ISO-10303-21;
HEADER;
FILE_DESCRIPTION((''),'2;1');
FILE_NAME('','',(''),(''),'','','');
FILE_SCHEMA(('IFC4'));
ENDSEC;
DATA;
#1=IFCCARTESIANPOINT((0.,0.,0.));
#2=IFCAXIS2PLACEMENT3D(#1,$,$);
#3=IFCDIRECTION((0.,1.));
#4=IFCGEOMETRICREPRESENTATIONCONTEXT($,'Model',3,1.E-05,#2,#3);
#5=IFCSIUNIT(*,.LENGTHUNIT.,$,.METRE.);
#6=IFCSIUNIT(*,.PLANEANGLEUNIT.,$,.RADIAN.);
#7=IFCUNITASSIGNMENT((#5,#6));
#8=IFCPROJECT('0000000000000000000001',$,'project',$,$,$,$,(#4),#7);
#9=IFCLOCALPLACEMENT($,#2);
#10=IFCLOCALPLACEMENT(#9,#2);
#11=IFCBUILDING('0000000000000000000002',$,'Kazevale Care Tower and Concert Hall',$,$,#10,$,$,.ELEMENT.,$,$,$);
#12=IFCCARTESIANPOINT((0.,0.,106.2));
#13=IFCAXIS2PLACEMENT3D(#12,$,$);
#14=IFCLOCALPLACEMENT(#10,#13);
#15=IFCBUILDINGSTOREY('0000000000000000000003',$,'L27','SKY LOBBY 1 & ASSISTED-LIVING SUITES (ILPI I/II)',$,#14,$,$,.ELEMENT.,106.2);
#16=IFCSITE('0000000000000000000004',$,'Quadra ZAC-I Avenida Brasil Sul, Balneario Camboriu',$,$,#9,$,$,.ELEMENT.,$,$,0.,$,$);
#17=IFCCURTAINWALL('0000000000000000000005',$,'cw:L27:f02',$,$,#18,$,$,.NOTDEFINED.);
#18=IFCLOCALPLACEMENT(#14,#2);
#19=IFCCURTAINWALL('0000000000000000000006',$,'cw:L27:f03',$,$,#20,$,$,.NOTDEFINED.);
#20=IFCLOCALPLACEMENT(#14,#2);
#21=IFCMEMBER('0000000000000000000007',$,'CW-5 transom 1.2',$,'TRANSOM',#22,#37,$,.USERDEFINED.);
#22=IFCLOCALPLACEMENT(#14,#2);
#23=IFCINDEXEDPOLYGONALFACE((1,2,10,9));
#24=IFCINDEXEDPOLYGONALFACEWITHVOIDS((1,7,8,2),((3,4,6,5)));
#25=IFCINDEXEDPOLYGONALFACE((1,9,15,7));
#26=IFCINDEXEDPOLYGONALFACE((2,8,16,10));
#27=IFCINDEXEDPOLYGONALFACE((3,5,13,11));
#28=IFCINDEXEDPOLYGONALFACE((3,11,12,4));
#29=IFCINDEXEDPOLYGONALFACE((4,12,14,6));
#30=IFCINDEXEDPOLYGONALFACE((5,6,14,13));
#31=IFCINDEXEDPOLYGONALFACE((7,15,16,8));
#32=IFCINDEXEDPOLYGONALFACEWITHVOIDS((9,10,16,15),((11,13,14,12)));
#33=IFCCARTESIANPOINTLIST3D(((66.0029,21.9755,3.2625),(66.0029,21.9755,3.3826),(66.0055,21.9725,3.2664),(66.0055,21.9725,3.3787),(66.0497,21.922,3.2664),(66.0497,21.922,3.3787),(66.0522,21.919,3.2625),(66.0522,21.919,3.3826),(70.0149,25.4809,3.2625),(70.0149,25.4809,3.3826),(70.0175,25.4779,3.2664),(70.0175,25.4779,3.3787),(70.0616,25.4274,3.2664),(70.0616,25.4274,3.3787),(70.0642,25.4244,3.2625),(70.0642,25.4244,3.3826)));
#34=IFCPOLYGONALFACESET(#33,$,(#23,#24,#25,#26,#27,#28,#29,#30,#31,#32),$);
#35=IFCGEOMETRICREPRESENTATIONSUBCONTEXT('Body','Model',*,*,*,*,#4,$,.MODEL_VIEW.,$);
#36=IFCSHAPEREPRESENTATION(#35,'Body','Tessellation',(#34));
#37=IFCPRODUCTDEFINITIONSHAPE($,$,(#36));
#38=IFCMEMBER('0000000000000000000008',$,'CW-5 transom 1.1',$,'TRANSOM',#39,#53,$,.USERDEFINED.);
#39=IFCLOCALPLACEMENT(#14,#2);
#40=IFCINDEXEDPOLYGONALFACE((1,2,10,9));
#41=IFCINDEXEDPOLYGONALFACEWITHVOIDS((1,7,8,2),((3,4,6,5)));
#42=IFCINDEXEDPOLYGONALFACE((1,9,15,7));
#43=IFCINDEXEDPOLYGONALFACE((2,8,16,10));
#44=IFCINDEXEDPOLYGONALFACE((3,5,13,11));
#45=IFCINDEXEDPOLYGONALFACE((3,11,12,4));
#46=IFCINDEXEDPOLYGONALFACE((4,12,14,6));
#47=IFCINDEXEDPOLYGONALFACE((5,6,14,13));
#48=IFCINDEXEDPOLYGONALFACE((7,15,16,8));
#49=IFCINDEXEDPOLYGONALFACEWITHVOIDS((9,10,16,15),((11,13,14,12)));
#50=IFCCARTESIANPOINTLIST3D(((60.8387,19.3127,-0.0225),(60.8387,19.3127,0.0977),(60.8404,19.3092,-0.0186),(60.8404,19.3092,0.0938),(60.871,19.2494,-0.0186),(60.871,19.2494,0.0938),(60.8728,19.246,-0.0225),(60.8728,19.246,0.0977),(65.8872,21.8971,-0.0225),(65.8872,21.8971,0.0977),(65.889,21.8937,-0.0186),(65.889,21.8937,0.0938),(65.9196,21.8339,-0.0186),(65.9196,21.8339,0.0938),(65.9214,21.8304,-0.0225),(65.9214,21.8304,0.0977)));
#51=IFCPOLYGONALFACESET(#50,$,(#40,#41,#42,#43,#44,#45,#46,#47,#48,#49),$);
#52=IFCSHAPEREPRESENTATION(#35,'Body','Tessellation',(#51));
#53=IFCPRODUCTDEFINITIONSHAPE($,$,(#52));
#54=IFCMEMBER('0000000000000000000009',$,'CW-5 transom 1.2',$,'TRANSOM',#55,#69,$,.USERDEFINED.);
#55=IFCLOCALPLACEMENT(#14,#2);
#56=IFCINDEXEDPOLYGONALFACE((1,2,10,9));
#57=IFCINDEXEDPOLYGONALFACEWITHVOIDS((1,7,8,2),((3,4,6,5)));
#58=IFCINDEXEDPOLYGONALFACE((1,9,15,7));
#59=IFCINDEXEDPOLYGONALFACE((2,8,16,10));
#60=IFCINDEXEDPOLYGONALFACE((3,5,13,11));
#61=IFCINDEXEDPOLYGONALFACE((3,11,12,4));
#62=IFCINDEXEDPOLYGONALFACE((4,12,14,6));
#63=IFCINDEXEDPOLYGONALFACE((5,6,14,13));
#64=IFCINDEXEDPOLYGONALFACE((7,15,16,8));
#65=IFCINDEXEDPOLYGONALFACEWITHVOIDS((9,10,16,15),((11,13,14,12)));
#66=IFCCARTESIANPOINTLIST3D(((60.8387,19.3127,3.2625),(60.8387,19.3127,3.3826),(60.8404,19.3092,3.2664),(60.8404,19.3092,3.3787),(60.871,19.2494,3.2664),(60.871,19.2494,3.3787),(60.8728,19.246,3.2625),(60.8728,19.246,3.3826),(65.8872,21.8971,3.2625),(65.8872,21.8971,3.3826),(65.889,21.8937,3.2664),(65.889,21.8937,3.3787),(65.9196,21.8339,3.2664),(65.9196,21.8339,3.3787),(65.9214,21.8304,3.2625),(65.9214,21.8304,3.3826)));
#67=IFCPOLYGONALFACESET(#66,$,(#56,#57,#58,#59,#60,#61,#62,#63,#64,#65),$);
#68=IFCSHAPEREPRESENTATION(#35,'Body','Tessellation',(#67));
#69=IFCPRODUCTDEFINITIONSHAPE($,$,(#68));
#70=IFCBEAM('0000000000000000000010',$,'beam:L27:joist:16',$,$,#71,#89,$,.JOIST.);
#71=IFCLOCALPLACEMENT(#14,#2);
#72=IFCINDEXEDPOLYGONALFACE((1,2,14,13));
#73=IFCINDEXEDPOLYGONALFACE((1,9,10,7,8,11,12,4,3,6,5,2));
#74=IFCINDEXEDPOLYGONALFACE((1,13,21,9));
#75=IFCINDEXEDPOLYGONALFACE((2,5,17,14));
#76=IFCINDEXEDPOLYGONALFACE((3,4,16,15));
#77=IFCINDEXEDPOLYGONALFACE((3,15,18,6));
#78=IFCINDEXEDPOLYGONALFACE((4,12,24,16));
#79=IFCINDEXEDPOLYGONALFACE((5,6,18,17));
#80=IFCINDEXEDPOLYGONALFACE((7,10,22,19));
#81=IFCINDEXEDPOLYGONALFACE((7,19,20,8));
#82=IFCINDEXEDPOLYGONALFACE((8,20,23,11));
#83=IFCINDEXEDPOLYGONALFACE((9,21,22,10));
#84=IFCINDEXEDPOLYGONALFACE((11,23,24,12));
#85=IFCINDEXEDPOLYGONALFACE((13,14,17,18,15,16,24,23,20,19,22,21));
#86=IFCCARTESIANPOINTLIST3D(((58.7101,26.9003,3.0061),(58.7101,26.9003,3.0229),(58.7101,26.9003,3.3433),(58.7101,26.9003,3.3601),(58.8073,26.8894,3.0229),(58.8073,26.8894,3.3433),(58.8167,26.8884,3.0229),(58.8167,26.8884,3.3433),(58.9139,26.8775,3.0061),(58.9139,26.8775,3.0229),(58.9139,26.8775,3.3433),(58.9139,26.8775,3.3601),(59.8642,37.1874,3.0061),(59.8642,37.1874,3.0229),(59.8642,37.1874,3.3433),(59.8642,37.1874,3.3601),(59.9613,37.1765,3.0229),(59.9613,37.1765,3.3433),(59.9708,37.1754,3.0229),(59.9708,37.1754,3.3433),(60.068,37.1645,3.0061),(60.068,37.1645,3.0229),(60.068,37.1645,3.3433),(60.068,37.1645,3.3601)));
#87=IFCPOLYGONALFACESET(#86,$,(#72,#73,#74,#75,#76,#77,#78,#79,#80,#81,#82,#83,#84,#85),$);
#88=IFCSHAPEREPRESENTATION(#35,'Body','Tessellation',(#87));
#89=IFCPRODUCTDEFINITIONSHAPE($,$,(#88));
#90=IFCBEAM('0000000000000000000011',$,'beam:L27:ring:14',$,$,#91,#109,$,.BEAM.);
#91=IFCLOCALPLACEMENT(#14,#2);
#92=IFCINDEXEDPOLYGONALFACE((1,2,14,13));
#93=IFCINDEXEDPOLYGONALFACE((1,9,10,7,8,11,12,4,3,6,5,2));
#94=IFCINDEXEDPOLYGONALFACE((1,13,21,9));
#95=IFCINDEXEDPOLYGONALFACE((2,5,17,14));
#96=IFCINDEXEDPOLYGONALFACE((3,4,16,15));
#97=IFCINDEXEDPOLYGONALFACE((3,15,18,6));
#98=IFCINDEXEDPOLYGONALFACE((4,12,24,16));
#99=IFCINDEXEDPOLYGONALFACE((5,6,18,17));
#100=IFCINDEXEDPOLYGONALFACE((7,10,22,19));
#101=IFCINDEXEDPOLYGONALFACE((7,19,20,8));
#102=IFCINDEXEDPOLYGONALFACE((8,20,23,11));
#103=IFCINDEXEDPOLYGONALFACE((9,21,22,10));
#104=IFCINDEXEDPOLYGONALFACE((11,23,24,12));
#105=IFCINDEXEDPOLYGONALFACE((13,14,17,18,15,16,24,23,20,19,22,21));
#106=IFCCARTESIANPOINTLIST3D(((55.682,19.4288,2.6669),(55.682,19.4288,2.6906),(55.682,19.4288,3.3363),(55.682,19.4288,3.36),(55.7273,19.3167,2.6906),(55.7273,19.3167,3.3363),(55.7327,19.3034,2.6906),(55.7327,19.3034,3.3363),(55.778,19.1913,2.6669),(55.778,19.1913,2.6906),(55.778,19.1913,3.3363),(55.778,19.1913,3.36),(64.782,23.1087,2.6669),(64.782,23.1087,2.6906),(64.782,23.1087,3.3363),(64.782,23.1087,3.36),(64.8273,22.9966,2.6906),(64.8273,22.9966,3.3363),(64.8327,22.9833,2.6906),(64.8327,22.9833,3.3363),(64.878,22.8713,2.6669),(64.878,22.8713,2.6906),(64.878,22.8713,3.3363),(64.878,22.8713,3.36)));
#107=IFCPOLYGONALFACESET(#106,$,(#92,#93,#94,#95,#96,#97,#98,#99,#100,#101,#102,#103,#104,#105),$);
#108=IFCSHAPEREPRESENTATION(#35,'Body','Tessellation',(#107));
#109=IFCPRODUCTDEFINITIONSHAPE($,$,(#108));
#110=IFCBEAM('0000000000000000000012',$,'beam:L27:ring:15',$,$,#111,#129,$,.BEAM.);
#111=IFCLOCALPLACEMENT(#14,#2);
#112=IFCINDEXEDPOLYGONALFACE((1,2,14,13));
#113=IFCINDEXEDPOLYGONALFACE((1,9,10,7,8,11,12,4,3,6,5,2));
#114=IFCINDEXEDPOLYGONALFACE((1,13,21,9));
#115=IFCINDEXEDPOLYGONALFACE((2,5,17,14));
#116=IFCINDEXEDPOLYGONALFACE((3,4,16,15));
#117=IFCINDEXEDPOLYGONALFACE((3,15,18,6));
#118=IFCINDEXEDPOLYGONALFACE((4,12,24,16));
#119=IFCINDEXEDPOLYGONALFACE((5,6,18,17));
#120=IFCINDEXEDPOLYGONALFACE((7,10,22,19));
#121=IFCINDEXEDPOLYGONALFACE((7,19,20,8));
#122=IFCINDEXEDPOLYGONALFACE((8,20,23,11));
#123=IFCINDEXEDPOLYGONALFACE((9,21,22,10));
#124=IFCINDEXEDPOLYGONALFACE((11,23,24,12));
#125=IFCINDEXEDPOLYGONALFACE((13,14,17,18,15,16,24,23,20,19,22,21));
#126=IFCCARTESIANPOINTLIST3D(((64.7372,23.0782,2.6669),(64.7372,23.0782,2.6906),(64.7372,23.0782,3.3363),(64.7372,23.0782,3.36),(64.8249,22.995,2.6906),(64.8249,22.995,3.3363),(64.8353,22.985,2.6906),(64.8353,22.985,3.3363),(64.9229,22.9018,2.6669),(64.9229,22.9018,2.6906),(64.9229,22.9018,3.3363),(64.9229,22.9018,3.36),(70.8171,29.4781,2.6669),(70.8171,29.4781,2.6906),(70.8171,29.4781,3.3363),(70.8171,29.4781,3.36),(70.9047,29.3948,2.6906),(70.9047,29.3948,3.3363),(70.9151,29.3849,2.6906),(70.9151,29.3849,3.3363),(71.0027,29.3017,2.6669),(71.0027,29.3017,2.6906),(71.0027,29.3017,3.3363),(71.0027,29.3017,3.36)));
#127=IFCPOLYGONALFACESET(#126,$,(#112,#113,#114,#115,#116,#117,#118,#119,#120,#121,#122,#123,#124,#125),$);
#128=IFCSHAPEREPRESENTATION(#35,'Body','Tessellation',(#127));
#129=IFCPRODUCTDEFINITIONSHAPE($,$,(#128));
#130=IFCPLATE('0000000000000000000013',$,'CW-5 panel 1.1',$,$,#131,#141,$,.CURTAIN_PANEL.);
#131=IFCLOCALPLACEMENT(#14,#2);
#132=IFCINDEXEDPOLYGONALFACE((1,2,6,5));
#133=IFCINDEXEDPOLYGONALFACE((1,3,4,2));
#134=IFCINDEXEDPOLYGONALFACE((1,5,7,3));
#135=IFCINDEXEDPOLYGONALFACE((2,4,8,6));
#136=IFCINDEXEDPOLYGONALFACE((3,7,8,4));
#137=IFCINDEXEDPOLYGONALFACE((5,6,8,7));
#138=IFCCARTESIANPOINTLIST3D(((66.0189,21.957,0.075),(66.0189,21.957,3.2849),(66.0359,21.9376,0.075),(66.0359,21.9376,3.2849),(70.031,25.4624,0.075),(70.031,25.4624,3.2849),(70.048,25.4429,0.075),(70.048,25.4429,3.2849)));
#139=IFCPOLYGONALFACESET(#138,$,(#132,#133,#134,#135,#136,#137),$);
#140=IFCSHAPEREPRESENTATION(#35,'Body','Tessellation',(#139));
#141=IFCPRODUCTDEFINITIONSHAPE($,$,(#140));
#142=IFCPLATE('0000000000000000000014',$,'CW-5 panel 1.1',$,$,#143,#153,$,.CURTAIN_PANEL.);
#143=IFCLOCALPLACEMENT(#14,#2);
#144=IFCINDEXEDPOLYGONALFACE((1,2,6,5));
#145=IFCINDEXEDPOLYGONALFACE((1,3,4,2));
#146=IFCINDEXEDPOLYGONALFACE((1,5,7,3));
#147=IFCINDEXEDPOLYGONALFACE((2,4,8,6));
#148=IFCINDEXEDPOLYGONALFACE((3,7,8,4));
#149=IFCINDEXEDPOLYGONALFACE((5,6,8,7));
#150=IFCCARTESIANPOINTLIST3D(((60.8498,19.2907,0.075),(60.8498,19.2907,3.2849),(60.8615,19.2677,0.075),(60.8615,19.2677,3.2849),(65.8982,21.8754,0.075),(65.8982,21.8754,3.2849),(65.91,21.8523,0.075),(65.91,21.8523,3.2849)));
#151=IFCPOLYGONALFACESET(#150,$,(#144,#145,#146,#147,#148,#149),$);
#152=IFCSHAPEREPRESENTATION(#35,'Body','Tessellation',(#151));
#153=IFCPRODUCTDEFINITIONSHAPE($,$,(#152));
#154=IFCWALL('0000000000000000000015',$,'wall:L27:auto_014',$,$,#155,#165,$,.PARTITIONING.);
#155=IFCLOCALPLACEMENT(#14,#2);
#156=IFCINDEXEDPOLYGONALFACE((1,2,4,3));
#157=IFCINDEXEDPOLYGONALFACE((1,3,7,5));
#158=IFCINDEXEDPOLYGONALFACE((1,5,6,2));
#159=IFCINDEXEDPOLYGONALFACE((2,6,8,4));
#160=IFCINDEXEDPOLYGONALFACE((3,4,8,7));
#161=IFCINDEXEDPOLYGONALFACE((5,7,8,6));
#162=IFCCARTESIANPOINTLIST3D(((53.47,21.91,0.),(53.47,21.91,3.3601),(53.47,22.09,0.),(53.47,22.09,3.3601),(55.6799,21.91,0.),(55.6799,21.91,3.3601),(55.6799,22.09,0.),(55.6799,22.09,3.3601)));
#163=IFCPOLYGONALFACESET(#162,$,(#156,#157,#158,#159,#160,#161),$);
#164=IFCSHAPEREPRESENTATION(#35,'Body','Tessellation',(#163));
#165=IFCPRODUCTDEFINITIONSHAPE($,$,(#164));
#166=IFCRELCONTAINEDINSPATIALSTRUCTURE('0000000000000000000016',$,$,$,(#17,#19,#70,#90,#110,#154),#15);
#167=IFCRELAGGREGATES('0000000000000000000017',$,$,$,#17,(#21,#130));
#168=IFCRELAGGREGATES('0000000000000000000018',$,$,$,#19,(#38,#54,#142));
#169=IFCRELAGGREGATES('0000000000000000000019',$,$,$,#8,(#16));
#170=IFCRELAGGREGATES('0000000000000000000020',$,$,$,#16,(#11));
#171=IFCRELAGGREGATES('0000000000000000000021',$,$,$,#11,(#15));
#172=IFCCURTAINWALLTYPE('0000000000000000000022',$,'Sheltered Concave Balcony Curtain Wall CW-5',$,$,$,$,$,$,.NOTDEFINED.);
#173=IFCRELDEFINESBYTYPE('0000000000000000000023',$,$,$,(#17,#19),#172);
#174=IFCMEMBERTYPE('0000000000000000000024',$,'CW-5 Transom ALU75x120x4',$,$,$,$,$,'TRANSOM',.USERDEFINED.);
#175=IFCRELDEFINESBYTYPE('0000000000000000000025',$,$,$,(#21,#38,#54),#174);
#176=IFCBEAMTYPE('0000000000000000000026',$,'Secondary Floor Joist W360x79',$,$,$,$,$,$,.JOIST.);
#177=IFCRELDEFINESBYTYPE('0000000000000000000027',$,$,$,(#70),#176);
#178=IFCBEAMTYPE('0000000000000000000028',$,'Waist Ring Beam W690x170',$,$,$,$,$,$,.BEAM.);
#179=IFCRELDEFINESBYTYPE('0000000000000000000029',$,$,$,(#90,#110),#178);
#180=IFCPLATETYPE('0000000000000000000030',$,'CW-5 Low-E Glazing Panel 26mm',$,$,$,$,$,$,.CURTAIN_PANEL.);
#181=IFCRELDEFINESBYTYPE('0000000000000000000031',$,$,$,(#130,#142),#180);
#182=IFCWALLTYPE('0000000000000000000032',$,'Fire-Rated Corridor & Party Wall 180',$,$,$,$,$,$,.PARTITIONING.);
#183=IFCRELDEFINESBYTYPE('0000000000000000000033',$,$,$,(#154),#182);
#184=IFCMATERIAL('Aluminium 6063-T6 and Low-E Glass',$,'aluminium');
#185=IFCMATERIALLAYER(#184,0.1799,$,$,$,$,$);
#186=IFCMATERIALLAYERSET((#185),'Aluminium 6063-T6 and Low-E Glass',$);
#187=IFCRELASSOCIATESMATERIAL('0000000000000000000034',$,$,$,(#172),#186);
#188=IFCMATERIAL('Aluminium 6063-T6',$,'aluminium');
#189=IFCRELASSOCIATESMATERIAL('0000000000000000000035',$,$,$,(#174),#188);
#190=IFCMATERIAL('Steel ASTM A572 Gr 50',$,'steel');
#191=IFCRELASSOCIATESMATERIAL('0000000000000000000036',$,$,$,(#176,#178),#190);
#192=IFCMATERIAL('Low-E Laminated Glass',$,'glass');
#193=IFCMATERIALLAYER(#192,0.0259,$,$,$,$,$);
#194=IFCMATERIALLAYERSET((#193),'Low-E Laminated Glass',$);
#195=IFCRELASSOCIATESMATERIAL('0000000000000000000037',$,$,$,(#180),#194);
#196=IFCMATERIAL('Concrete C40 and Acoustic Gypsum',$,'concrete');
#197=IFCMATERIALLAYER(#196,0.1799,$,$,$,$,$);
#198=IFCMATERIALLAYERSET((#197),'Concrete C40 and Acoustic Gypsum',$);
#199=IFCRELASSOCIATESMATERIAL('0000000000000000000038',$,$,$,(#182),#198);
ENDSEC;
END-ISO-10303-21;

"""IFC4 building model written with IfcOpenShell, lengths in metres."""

from ifc_helpers import new_model, si_unit, direction, frame, frame_2d, origin, origin_2d, place, context, subcontext, project, spatial, rectangle, hollow_rectangle, i_section, extrude, material, layer, layer_set, material_profile, profile_set, type_object, element, aggregate, save


model = new_model("IFC4")

# Units and contexts
model_context = context("Model", 3, precision=1e-05, world=origin(), true_north=direction((0.0, 1.0)))
body_context = subcontext(model_context, "Body", "Model", "MODEL_VIEW")
ifc_project = project(units=[si_unit("LENGTHUNIT", "METRE"), si_unit("PLANEANGLEUNIT", "RADIAN")], contexts=[model_context])

# Site, building, storey
site_placement = place(None, origin())
site = spatial("IfcSite", under=ifc_project, at=site_placement, Name="Quadra ZAC-I Avenida Brasil Sul, Balneario Camboriu", CompositionType="ELEMENT", RefElevation=0.0)
building_placement = place(site_placement, origin())
building = spatial("IfcBuilding", under=site, at=building_placement, Name="Kazevale Care Tower and Concert Hall", CompositionType="ELEMENT")
storey_placement = place(building_placement, frame((0.0, 0.0, 106.2)))
storey = spatial("IfcBuildingStorey", under=building, at=storey_placement, Name="L27", Description="SKY LOBBY 1 & ASSISTED-LIVING SUITES (ILPI I/II)", CompositionType="ELEMENT", Elevation=106.2)

# Curtain walls
ifc_material_1 = material(Name="Aluminium 6063-T6 and Low-E Glass", Category="aluminium")
ifc_layer_1 = layer(ifc_material_1, 0.1799)
ifc_layer_set_1 = layer_set([ifc_layer_1], Name="Aluminium 6063-T6 and Low-E Glass")
curtain_wall_type = type_object("IfcCurtainWallType", Name="Sheltered Concave Balcony Curtain Wall CW-5", PredefinedType="NOTDEFINED", material=ifc_layer_set_1)
curtain_wall_1_placement = place(storey_placement, origin())
curtain_wall_1 = element("IfcCurtainWall", 1, at=curtain_wall_1_placement, inside=storey, type_object=curtain_wall_type, Name="cw:L27:f02", PredefinedType="NOTDEFINED")
ifc_material_2 = material(Name="Aluminium 6063-T6", Category="aluminium")
curtain_wall_2_placement = place(storey_placement, origin())
curtain_wall_2 = element("IfcCurtainWall", 2, at=curtain_wall_2_placement, inside=storey, type_object=curtain_wall_type, Name="cw:L27:f03", PredefinedType="NOTDEFINED")

# Members
ifc_material_profile_1 = material_profile(ifc_material_2, hollow_rectangle(XDim=0.075, YDim=0.1201, WallThickness=0.0039, at=origin_2d()), Name="ALU75x120x4")
ifc_profile_set_1 = profile_set([ifc_material_profile_1], Name="Aluminium 6063-T6")
member_type_1 = type_object("IfcMemberType", Name="CW-5 Transom ALU75x120x4", ElementType="TRANSOM", PredefinedType="USERDEFINED", material=ifc_profile_set_1)
member_1_placement = place(storey_placement, frame((70.0396, 25.4526, 3.3225), z_axis=(-0.753051, -0.657963, 0.0), x_axis=(0.657963, -0.753051, 0.0)))
member_1 = element("IfcMember", 3, at=member_1_placement, type_object=member_type_1, Name="CW-5 transom 1.2", ObjectType="TRANSOM", PredefinedType="USERDEFINED", context=body_context, shape_type="SweptSolid", body=[
    extrude(hollow_rectangle(XDim=0.075, YDim=0.1201, WallThickness=0.0039, at=origin_2d()), origin(), (0.0, 0.0, 1.0), 5.3276),
])
member_2_placement = place(storey_placement, frame((65.9043, 21.8638, 0.0376), z_axis=(-0.890143, -0.455682, 0.0), x_axis=(0.455682, -0.890143, 0.0)))
member_2 = element("IfcMember", 4, at=member_2_placement, type_object=member_type_1, Name="CW-5 transom 1.1", ObjectType="TRANSOM", PredefinedType="USERDEFINED", context=body_context, shape_type="SweptSolid", body=[
    extrude(hollow_rectangle(XDim=0.075, YDim=0.1201, WallThickness=0.0039, at=origin_2d()), origin(), (0.0, 0.0, 1.0), 5.6716),
])
member_3_placement = place(storey_placement, frame((65.9043, 21.8638, 3.3225), z_axis=(-0.890143, -0.455682, 0.0), x_axis=(0.455682, -0.890143, 0.0)))
member_3 = element("IfcMember", 5, at=member_3_placement, type_object=member_type_1, Name="CW-5 transom 1.2", ObjectType="TRANSOM", PredefinedType="USERDEFINED", context=body_context, shape_type="SweptSolid", body=[
    extrude(hollow_rectangle(XDim=0.075, YDim=0.1201, WallThickness=0.0039, at=origin_2d()), origin(), (0.0, 0.0, 1.0), 5.6716),
])

# Beams
ifc_material_3 = material(Name="Steel ASTM A572 Gr 50", Category="steel")
ifc_material_profile_2 = material_profile(ifc_material_3, i_section(OverallWidth=0.2051, OverallDepth=0.354, WebThickness=0.0095, FlangeThickness=0.0168, at=origin_2d()), Name="W360x79")
ifc_profile_set_2 = profile_set([ifc_material_profile_2], Name="Steel ASTM A572 Gr 50")
beam_type_1 = type_object("IfcBeamType", Name="Secondary Floor Joist W360x79", PredefinedType="JOIST", material=ifc_profile_set_2)
beam_1_placement = place(storey_placement, frame((58.812, 26.8889, 3.1831), z_axis=(0.111485, 0.993766, 0.0), x_axis=(-0.993766, 0.111485, 0.0)))
element("IfcBeam", 6, at=beam_1_placement, inside=storey, type_object=beam_type_1, Name="beam:L27:joist:16", PredefinedType="JOIST", context=body_context, shape_type="SweptSolid", body=[
    extrude(i_section(OverallWidth=0.2051, OverallDepth=0.354, WebThickness=0.0095, FlangeThickness=0.0168, at=origin_2d()), origin(), (0.0, 0.0, 1.0), 10.3516),
])
ifc_material_profile_3 = material_profile(ifc_material_3, i_section(OverallWidth=0.2561, OverallDepth=0.6931, WebThickness=0.0144, FlangeThickness=0.0237, at=origin_2d()), Name="W690x170")
ifc_profile_set_3 = profile_set([ifc_material_profile_3], Name="Steel ASTM A572 Gr 50")
beam_type_2 = type_object("IfcBeamType", Name="Waist Ring Beam W690x170", PredefinedType="BEAM", material=ifc_profile_set_3)
beam_2_placement = place(storey_placement, frame((55.73, 19.3101, 3.0134), z_axis=(0.927069, 0.374892, 0.0), x_axis=(-0.374892, 0.927069, 0.0)))
element("IfcBeam", 7, at=beam_2_placement, inside=storey, type_object=beam_type_2, Name="beam:L27:ring:14", PredefinedType="BEAM", context=body_context, shape_type="SweptSolid", body=[
    extrude(i_section(OverallWidth=0.2561, OverallDepth=0.6931, WebThickness=0.0144, FlangeThickness=0.0237, at=origin_2d()), origin(), (0.0, 0.0, 1.0), 9.8159),
])
beam_3_placement = place(storey_placement, frame((64.8301, 22.99, 3.0134), z_axis=(0.688745, 0.725004, 0.0), x_axis=(-0.725004, 0.688745, 0.0)))
element("IfcBeam", 8, at=beam_3_placement, inside=storey, type_object=beam_type_2, Name="beam:L27:ring:15", PredefinedType="BEAM", context=body_context, shape_type="SweptSolid", body=[
    extrude(i_section(OverallWidth=0.2561, OverallDepth=0.6931, WebThickness=0.0144, FlangeThickness=0.0237, at=origin_2d()), origin(), (0.0, 0.0, 1.0), 8.8274),
])

# Plates
ifc_material_4 = material(Name="Low-E Laminated Glass", Category="glass")
ifc_layer_2 = layer(ifc_material_4, 0.0259)
ifc_layer_set_2 = layer_set([ifc_layer_2], Name="Low-E Laminated Glass")
plate_type = type_object("IfcPlateType", Name="CW-5 Low-E Glazing Panel 26mm", PredefinedType="CURTAIN_PANEL", material=ifc_layer_set_2)
plate_1_placement = place(storey_placement, frame((68.0334, 23.7, 0.075), z_axis=(0.0, 0.0, 1.0), x_axis=(-0.753063, -0.657949, 0.0)))
plate_1 = element("IfcPlate", 9, at=plate_1_placement, type_object=plate_type, Name="CW-5 panel 1.1", PredefinedType="CURTAIN_PANEL", context=body_context, shape_type="SweptSolid", body=[
    extrude(rectangle(XDim=5.3276, YDim=0.0259, at=origin_2d()), origin(), (0.0, 0.0, 1.0), 3.21),
])
aggregate(curtain_wall_1, [member_1, plate_1])
plate_2_placement = place(storey_placement, frame((63.3799, 20.5715, 0.075), z_axis=(0.0, 0.0, 1.0), x_axis=(-0.890127, -0.455713, 0.0)))
plate_2 = element("IfcPlate", 10, at=plate_2_placement, type_object=plate_type, Name="CW-5 panel 1.1", PredefinedType="CURTAIN_PANEL", context=body_context, shape_type="SweptSolid", body=[
    extrude(rectangle(XDim=5.6716, YDim=0.0259, at=origin_2d()), origin(), (0.0, 0.0, 1.0), 3.21),
])
aggregate(curtain_wall_2, [member_2, member_3, plate_2])

# Wall
ifc_material_5 = material(Name="Concrete C40 and Acoustic Gypsum", Category="concrete")
ifc_layer_3 = layer(ifc_material_5, 0.1799)
ifc_layer_set_3 = layer_set([ifc_layer_3], Name="Concrete C40 and Acoustic Gypsum")
wall_type_1 = type_object("IfcWallType", Name="Fire-Rated Corridor & Party Wall 180", PredefinedType="PARTITIONING", material=ifc_layer_set_3)
wall_1_placement = place(storey_placement, frame((55.6799, 22.0, 0.0), z_axis=(0.0, 0.0, 1.0), x_axis=(-1.0, 0.0, 0.0)))
element("IfcWall", 11, at=wall_1_placement, inside=storey, type_object=wall_type_1, Name="wall:L27:auto_014", PredefinedType="PARTITIONING", context=body_context, shape_type="SweptSolid", body=[
    extrude(rectangle(XDim=2.21, YDim=0.1799, at=frame_2d((1.105, 0.0))), origin(), (0.0, 0.0, 1.0), 3.3601),
])

save(model, "model.ifc")
